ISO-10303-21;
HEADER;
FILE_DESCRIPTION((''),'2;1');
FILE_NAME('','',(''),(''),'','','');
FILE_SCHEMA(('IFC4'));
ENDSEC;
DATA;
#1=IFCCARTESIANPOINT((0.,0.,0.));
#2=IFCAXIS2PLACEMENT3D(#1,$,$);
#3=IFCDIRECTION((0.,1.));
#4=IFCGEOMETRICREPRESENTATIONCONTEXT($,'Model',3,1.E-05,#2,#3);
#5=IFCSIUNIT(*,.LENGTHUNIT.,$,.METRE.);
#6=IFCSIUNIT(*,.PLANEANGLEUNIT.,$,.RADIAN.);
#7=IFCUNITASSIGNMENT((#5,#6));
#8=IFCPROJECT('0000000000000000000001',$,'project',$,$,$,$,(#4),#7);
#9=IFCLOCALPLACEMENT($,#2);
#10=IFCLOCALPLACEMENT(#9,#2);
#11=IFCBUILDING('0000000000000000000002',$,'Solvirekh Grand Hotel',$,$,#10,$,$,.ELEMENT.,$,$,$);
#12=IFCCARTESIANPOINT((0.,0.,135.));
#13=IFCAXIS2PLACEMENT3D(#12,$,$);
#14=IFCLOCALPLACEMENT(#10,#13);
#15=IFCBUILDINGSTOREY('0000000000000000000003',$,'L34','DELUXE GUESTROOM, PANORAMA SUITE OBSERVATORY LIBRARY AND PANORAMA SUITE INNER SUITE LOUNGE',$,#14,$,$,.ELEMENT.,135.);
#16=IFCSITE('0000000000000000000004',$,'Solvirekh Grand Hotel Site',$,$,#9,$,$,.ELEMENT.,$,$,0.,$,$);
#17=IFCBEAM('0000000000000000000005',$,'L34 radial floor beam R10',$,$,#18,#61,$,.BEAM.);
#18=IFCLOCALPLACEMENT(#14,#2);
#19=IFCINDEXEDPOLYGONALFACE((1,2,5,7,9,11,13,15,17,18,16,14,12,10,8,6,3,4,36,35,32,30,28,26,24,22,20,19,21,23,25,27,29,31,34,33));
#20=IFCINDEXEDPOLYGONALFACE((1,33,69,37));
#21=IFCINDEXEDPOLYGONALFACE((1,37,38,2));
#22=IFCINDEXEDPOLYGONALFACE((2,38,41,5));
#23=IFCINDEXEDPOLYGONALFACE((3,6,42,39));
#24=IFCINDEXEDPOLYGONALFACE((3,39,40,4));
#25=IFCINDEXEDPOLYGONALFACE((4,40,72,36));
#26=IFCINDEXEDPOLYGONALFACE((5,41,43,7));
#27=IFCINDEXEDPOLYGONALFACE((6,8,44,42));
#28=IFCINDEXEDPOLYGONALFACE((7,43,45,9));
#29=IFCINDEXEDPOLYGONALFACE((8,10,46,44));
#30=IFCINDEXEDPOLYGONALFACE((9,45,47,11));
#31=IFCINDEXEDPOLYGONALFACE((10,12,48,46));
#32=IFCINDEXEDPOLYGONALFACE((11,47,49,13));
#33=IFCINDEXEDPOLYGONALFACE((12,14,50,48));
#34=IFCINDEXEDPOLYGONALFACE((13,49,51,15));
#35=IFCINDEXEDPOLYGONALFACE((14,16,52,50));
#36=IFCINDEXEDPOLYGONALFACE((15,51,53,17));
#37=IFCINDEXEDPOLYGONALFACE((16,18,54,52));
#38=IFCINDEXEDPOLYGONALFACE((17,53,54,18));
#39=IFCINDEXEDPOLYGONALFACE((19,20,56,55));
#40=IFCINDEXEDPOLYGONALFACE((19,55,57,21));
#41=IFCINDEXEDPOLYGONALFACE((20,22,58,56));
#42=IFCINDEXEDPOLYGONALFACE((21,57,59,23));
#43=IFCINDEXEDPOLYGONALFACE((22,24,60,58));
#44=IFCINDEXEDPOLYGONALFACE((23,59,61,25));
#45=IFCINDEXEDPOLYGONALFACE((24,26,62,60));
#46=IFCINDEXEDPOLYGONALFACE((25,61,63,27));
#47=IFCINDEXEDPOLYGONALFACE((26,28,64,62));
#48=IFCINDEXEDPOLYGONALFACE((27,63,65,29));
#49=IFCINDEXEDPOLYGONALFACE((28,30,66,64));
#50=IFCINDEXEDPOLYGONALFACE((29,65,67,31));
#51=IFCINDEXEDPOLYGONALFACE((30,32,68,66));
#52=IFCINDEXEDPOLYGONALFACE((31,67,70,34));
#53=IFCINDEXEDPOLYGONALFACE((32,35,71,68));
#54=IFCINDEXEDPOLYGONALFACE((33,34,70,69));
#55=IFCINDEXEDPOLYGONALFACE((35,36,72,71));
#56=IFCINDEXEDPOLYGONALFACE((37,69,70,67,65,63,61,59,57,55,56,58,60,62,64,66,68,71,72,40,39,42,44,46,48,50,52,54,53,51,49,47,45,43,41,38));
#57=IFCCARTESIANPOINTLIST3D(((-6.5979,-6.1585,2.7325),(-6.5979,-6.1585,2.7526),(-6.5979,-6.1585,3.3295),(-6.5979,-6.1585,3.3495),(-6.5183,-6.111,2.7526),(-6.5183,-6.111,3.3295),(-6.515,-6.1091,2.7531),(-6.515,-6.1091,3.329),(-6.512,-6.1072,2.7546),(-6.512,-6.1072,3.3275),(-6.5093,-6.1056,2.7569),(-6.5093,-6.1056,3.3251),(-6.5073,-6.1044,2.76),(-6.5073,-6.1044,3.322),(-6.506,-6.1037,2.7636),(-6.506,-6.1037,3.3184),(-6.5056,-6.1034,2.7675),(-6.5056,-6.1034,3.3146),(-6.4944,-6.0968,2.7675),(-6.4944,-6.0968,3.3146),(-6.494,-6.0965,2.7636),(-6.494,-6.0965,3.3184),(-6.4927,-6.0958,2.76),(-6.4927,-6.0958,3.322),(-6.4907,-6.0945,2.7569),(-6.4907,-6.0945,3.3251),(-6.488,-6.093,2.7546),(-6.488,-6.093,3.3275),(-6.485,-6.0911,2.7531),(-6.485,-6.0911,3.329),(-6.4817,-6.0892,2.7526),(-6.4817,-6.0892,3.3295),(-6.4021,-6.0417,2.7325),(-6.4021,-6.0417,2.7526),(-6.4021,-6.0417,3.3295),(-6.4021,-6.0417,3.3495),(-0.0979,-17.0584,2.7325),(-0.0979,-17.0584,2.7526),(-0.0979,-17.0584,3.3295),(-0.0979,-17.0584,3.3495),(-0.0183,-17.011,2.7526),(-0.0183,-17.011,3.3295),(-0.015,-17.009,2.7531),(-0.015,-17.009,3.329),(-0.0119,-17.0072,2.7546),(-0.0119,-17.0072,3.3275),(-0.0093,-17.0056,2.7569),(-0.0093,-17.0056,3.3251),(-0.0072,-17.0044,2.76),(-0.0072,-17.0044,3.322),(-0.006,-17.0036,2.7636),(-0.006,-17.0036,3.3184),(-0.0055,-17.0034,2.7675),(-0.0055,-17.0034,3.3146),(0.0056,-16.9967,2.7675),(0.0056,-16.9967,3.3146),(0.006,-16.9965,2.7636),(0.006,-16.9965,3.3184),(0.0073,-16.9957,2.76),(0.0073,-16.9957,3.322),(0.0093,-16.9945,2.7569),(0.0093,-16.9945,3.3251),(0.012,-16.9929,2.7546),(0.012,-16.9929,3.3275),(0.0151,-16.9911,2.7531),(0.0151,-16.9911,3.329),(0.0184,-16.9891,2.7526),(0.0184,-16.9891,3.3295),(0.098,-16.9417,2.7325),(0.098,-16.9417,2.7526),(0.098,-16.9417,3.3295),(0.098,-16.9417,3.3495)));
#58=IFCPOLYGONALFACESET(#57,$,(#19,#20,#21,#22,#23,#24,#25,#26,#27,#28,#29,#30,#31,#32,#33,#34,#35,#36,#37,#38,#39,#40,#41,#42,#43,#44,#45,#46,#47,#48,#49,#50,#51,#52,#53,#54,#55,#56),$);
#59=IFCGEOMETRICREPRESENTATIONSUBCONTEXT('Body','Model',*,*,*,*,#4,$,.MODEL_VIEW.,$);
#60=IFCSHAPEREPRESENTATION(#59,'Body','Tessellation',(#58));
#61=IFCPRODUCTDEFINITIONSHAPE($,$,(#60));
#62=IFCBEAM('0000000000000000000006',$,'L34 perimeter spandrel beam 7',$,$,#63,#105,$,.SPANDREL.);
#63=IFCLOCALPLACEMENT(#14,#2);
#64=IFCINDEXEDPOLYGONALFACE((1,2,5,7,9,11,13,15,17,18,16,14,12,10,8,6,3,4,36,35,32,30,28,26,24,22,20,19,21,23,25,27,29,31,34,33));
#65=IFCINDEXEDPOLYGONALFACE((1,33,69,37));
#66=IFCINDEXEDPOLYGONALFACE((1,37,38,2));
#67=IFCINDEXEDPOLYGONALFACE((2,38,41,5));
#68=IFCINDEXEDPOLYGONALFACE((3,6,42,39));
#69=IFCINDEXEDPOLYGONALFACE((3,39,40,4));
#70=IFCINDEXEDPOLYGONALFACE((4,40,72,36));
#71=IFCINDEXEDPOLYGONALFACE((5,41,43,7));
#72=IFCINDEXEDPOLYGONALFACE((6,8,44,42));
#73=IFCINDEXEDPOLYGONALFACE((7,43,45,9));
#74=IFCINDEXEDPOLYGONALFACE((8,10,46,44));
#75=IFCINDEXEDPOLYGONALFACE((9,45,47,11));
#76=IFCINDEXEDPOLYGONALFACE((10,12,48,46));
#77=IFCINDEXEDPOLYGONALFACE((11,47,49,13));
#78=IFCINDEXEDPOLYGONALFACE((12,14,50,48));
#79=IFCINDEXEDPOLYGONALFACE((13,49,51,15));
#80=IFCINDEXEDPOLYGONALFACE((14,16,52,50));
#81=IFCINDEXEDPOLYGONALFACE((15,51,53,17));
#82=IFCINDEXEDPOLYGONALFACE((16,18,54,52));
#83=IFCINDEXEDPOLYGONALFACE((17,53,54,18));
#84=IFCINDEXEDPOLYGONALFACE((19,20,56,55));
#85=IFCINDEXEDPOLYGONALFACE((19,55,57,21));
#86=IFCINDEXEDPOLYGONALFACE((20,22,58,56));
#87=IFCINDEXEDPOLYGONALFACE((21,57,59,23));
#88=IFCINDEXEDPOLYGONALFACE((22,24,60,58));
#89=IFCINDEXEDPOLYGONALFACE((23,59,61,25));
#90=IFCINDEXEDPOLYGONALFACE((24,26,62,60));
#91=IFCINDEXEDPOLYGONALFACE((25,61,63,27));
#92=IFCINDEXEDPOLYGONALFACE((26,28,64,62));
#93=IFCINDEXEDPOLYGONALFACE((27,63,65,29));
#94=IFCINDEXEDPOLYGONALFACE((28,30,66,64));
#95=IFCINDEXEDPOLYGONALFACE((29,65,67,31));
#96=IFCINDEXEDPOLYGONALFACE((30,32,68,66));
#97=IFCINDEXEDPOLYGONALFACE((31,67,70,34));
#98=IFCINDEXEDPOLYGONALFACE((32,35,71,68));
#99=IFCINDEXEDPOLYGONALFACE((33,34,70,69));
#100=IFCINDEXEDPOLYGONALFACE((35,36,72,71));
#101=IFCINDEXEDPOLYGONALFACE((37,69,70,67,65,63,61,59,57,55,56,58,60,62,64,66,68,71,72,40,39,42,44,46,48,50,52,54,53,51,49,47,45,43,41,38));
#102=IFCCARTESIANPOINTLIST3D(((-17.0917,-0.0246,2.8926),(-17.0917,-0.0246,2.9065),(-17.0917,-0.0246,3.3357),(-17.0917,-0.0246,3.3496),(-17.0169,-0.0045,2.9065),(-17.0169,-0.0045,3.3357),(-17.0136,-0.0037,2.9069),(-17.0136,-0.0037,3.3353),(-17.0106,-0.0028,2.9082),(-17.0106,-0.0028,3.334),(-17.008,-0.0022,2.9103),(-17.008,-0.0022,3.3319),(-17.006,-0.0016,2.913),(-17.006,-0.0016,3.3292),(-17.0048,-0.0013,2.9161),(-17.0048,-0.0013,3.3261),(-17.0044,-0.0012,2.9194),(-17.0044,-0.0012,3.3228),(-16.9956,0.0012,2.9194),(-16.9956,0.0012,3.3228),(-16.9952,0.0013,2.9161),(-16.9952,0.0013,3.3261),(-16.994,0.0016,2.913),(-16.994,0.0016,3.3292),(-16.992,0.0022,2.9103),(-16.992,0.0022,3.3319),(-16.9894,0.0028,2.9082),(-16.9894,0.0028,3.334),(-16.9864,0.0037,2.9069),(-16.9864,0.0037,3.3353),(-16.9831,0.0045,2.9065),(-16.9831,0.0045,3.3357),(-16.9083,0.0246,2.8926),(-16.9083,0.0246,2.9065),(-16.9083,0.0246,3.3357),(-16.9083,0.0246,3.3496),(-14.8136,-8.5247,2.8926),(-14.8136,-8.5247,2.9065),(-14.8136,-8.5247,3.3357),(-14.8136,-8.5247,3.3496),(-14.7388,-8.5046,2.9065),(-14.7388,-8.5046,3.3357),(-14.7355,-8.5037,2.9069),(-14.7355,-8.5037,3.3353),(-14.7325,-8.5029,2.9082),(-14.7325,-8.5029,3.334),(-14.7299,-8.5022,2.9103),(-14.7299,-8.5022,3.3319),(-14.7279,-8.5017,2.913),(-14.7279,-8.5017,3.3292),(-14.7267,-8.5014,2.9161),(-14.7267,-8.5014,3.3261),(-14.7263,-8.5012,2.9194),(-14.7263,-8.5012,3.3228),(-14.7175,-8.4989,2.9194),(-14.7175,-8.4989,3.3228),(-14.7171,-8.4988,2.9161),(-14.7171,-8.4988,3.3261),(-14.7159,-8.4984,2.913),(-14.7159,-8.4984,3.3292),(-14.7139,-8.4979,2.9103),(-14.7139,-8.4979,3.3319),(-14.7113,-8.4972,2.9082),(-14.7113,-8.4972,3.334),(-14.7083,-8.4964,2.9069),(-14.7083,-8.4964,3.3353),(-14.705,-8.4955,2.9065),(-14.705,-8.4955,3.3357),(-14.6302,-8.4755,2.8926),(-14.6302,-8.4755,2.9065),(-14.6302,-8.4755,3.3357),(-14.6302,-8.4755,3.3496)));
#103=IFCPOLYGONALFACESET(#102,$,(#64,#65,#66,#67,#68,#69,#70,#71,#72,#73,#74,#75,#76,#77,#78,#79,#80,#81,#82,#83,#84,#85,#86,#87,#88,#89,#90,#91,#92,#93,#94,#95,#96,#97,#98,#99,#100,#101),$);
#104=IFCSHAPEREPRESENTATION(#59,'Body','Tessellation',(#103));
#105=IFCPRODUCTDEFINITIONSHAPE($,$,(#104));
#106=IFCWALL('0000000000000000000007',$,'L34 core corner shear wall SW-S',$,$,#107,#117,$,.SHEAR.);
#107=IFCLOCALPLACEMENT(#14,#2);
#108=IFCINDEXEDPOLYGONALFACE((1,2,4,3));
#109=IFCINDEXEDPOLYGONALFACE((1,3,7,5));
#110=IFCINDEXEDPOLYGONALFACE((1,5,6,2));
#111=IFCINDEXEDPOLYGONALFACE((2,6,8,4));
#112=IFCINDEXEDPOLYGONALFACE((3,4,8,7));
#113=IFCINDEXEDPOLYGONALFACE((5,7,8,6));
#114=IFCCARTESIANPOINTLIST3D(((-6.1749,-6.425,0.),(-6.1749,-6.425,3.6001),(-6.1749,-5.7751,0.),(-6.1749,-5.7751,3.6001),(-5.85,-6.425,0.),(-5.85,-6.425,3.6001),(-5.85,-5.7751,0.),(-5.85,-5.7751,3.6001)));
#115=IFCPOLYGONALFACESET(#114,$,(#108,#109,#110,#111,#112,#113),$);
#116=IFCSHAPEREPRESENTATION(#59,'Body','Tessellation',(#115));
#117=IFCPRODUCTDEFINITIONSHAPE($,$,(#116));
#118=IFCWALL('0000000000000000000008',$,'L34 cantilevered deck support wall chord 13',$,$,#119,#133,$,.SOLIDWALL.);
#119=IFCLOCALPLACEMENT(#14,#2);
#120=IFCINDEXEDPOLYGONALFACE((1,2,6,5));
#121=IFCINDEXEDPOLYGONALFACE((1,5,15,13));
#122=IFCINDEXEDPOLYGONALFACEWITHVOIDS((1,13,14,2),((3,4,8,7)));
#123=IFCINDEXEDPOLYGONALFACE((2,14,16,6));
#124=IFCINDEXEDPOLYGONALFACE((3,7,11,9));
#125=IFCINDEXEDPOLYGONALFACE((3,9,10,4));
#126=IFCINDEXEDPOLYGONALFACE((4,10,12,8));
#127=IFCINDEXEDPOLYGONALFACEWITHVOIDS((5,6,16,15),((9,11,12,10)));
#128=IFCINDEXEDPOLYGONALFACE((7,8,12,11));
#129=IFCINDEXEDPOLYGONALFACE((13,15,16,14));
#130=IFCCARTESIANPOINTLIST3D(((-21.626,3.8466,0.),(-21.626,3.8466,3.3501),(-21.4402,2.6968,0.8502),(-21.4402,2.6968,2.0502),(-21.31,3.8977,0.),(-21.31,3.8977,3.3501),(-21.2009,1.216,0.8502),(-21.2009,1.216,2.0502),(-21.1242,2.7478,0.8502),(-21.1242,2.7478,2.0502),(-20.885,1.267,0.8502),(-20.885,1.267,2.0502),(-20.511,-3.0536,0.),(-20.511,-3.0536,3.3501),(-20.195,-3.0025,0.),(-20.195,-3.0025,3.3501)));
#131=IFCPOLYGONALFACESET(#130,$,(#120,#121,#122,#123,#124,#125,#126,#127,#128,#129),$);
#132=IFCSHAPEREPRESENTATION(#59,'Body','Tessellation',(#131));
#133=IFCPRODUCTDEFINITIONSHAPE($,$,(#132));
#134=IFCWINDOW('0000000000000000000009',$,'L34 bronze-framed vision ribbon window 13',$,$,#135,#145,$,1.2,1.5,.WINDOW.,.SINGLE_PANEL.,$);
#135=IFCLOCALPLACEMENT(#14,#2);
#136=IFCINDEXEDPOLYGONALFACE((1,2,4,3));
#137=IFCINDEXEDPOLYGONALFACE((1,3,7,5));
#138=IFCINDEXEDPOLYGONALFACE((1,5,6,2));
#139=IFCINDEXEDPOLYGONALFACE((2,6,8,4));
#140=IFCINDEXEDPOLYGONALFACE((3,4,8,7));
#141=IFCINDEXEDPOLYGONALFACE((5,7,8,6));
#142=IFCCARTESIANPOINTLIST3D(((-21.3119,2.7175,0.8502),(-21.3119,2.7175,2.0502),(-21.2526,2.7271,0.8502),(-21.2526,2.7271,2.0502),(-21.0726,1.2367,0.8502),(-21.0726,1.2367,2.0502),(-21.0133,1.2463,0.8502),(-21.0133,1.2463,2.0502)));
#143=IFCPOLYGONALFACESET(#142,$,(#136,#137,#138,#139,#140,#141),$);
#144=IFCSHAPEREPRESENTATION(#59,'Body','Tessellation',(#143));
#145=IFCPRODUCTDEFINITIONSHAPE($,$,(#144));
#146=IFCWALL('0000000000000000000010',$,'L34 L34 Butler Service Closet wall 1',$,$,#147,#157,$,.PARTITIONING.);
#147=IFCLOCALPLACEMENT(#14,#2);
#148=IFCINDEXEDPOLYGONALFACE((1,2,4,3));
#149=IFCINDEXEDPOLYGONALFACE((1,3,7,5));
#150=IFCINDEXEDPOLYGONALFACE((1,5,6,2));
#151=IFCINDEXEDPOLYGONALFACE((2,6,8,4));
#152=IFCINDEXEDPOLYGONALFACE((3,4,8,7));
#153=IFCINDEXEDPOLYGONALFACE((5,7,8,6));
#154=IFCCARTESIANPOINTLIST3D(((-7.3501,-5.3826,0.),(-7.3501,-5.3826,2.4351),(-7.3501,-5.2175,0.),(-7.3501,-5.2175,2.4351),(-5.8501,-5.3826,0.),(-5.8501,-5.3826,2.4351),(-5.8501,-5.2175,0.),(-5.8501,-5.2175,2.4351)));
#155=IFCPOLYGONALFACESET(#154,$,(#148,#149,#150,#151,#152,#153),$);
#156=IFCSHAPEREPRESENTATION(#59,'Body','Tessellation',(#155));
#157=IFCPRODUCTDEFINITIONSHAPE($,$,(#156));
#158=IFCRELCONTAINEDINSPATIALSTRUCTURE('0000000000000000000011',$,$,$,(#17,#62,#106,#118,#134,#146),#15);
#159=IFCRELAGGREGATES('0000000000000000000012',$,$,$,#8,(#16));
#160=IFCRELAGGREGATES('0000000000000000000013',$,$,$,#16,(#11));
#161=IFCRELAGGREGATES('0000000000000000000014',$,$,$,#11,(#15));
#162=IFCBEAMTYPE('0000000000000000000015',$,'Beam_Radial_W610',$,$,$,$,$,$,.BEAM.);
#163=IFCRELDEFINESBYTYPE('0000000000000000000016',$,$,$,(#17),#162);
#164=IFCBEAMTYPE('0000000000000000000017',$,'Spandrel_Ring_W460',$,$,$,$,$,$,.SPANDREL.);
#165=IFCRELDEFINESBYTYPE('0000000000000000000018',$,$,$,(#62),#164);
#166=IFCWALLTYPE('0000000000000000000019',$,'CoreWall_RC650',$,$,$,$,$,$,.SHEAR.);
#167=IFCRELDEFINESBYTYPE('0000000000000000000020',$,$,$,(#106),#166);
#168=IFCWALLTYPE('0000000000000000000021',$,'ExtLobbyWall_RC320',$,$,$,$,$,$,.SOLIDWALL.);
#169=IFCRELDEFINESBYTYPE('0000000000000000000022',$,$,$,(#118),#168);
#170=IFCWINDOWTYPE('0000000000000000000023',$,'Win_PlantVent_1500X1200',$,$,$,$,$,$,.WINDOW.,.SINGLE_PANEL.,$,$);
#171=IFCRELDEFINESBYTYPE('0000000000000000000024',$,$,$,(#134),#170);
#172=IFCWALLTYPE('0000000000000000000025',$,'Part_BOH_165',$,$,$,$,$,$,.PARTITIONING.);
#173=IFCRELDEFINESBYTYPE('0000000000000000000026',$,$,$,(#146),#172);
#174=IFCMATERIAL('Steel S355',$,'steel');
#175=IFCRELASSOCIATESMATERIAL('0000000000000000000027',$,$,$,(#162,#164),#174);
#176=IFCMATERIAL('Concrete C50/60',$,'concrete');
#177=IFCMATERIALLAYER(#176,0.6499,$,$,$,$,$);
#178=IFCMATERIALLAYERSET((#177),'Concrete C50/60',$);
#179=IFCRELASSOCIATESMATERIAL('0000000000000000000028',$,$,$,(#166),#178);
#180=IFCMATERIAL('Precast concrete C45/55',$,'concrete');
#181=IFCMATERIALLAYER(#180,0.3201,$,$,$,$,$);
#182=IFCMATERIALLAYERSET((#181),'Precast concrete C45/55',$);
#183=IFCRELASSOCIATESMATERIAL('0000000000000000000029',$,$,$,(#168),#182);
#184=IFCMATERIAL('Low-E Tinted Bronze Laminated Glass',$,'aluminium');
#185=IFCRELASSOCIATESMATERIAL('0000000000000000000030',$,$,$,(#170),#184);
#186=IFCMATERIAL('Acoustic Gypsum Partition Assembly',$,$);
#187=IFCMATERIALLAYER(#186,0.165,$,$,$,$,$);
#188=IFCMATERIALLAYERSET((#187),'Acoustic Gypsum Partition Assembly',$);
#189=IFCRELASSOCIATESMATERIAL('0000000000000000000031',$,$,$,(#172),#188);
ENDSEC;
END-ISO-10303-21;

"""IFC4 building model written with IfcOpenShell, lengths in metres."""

from ifc_helpers import new_model, si_unit, direction, frame, frame_2d, origin, origin_2d, place, context, subcontext, project, spatial, rectangle, i_section, extrude, material, layer, layer_set, material_profile, profile_set, type_object, element, fill, save


model = new_model("IFC4")

# Units and contexts
model_context = context("Model", 3, precision=1e-05, world=origin(), true_north=direction((0.0, 1.0)))
body_context = subcontext(model_context, "Body", "Model", "MODEL_VIEW")
ifc_project = project(units=[si_unit("LENGTHUNIT", "METRE"), si_unit("PLANEANGLEUNIT", "RADIAN")], contexts=[model_context])

# Site, building, storey
site_placement = place(None, origin())
site = spatial("IfcSite", under=ifc_project, at=site_placement, Name="Solvirekh Grand Hotel Site", CompositionType="ELEMENT", RefElevation=0.0)
building_placement = place(site_placement, origin())
building = spatial("IfcBuilding", under=site, at=building_placement, Name="Solvirekh Grand Hotel", CompositionType="ELEMENT")
storey_placement = place(building_placement, frame((0.0, 0.0, 135.0)))
storey = spatial("IfcBuildingStorey", under=building, at=storey_placement, Name="L34", Description="DELUXE GUESTROOM, PANORAMA SUITE OBSERVATORY LIBRARY AND PANORAMA SUITE INNER SUITE LOUNGE", CompositionType="ELEMENT", Elevation=135.0)

# Shared definitions
ifc_material_1 = material(Name="Concrete C50/60", Category="concrete")

# Beams
ifc_material_2 = material(Name="Steel S355", Category="steel")
ifc_material_profile_1 = material_profile(ifc_material_2, i_section(OverallWidth=0.228, OverallDepth=0.6169, WebThickness=0.0129, FlangeThickness=0.02, FilletRadius=0.0149, at=origin_2d()), Name="W610X140")
ifc_profile_set_1 = profile_set([ifc_material_profile_1], Name="Steel S355")
beam_type_1 = type_object("IfcBeamType", Name="Beam_Radial_W610", PredefinedType="BEAM", material=ifc_profile_set_1)
beam_1_placement = place(storey_placement, frame((-6.5, -6.1001, 3.041), z_axis=(0.51218, -0.858878, 0.0), x_axis=(0.858878, 0.51218, 0.0)))
element("IfcBeam", 1, at=beam_1_placement, inside=storey, type_object=beam_type_1, Name="L34 radial floor beam R10", PredefinedType="BEAM", context=body_context, shape_type="SweptSolid", body=[
    extrude(i_section(OverallWidth=0.228, OverallDepth=0.6169, WebThickness=0.0129, FlangeThickness=0.02, FilletRadius=0.0149, at=origin_2d()), origin(), (0.0, 0.0, 1.0), 12.6909),
])
ifc_material_profile_2 = material_profile(ifc_material_2, i_section(OverallWidth=0.1899, OverallDepth=0.457, WebThickness=0.009, FlangeThickness=0.0139, FilletRadius=0.0129, at=origin_2d()), Name="W460X74")
ifc_profile_set_2 = profile_set([ifc_material_profile_2], Name="Steel S355")
beam_type_2 = type_object("IfcBeamType", Name="Spandrel_Ring_W460", PredefinedType="SPANDREL", material=ifc_profile_set_2)
beam_2_placement = place(storey_placement, frame((-17.0, 0.0, 3.1211), z_axis=(0.258873, -0.965911, 0.0), x_axis=(0.965911, 0.258873, 0.0)))
element("IfcBeam", 2, at=beam_2_placement, inside=storey, type_object=beam_type_2, Name="L34 perimeter spandrel beam 7", PredefinedType="SPANDREL", context=body_context, shape_type="SweptSolid", body=[
    extrude(i_section(OverallWidth=0.1899, OverallDepth=0.457, WebThickness=0.009, FlangeThickness=0.0139, FilletRadius=0.0129, at=origin_2d()), origin(), (0.0, 0.0, 1.0), 8.8),
])

# Wall
ifc_layer_1 = layer(ifc_material_1, 0.6499)
ifc_layer_set_1 = layer_set([ifc_layer_1], Name="Concrete C50/60")
wall_type_1 = type_object("IfcWallType", Name="CoreWall_RC650", PredefinedType="SHEAR", material=ifc_layer_set_1)
wall_1_placement = place(storey_placement, frame((-6.175, -6.1001, 0.0), z_axis=(0.0, 0.0, 1.0), x_axis=(1.0, 0.0, 0.0)))
element("IfcWall", 3, at=wall_1_placement, inside=storey, type_object=wall_type_1, Name="L34 core corner shear wall SW-S", PredefinedType="SHEAR", context=body_context, shape_type="SweptSolid", body=[
    extrude(rectangle(XDim=0.325, YDim=0.6499, at=frame_2d((0.1626, 0.0))), origin(), (0.0, 0.0, 1.0), 3.6001),
])

# Wall, opening, window
ifc_material_3 = material(Name="Precast concrete C45/55", Category="concrete")
ifc_layer_2 = layer(ifc_material_3, 0.3201)
ifc_layer_set_2 = layer_set([ifc_layer_2], Name="Precast concrete C45/55")
wall_type_2 = type_object("IfcWallType", Name="ExtLobbyWall_RC320", PredefinedType="SOLIDWALL", material=ifc_layer_set_2)
wall_2_placement = place(storey_placement, frame((-20.353, -3.0281, 0.0), z_axis=(0.0, 0.0, 1.0), x_axis=(-0.15952, 0.987195, 0.0)))
wall_2 = element("IfcWall", 4, at=wall_2_placement, inside=storey, type_object=wall_type_2, Name="L34 cantilevered deck support wall chord 13", PredefinedType="SOLIDWALL", context=body_context, shape_type="SweptSolid", body=[
    extrude(rectangle(XDim=6.9897, YDim=0.3201, at=frame_2d((3.4949, 0.0))), origin(), (0.0, 0.0, 1.0), 3.3501),
])
opening_1_placement = place(wall_2_placement, frame((4.325, 0.0, 0.8501)))
opening_1 = element("IfcOpeningElement", 5, at=opening_1_placement, cuts=wall_2, PredefinedType="OPENING", context=body_context, shape_type="SweptSolid", body=[
    extrude(rectangle(XDim=1.5, YDim=1.2, at=frame_2d((0.75, 0.6001))), frame((0.0, 0.1699, 0.0), z_axis=(0.0, -1.0, 0.0), x_axis=(1.0, 0.0, 0.0)), (0.0, 0.0, 1.0), 0.3401),
])
ifc_material_4 = material(Name="Low-E Tinted Bronze Laminated Glass", Category="aluminium")
window_type = type_object("IfcWindowType", Name="Win_PlantVent_1500X1200", PartitioningType="SINGLE_PANEL", PredefinedType="WINDOW", material=ifc_material_4)
window_placement = place(opening_1_placement, origin())
window = element("IfcWindow", 6, at=window_placement, inside=storey, type_object=window_type, Name="L34 bronze-framed vision ribbon window 13", OverallHeight=1.2, OverallWidth=1.5, PartitioningType="SINGLE_PANEL", PredefinedType="WINDOW", context=body_context, shape_type="SweptSolid", body=[
    extrude(rectangle(XDim=1.5, YDim=1.2, at=frame_2d((0.75, 0.6001))), frame((0.0, 0.03, 0.0), z_axis=(0.0, -1.0, 0.0), x_axis=(1.0, 0.0, 0.0)), (0.0, 0.0, 1.0), 0.0601),
])
fill(opening_1, window)

# Wall
ifc_material_5 = material(Name="Acoustic Gypsum Partition Assembly")
ifc_layer_3 = layer(ifc_material_5, 0.165)
ifc_layer_set_3 = layer_set([ifc_layer_3], Name="Acoustic Gypsum Partition Assembly")
wall_type_3 = type_object("IfcWallType", Name="Part_BOH_165", PredefinedType="PARTITIONING", material=ifc_layer_set_3)
wall_3_placement = place(storey_placement, frame((-7.3501, -5.3, 0.0), z_axis=(0.0, 0.0, 1.0), x_axis=(1.0, 0.0, 0.0)))
element("IfcWall", 7, at=wall_3_placement, inside=storey, type_object=wall_type_3, Name="L34 L34 Butler Service Closet wall 1", PredefinedType="PARTITIONING", context=body_context, shape_type="SweptSolid", body=[
    extrude(rectangle(XDim=1.5, YDim=0.165, at=frame_2d((0.75, 0.0))), origin(), (0.0, 0.0, 1.0), 2.4351),
])

save(model, "model.ifc")
